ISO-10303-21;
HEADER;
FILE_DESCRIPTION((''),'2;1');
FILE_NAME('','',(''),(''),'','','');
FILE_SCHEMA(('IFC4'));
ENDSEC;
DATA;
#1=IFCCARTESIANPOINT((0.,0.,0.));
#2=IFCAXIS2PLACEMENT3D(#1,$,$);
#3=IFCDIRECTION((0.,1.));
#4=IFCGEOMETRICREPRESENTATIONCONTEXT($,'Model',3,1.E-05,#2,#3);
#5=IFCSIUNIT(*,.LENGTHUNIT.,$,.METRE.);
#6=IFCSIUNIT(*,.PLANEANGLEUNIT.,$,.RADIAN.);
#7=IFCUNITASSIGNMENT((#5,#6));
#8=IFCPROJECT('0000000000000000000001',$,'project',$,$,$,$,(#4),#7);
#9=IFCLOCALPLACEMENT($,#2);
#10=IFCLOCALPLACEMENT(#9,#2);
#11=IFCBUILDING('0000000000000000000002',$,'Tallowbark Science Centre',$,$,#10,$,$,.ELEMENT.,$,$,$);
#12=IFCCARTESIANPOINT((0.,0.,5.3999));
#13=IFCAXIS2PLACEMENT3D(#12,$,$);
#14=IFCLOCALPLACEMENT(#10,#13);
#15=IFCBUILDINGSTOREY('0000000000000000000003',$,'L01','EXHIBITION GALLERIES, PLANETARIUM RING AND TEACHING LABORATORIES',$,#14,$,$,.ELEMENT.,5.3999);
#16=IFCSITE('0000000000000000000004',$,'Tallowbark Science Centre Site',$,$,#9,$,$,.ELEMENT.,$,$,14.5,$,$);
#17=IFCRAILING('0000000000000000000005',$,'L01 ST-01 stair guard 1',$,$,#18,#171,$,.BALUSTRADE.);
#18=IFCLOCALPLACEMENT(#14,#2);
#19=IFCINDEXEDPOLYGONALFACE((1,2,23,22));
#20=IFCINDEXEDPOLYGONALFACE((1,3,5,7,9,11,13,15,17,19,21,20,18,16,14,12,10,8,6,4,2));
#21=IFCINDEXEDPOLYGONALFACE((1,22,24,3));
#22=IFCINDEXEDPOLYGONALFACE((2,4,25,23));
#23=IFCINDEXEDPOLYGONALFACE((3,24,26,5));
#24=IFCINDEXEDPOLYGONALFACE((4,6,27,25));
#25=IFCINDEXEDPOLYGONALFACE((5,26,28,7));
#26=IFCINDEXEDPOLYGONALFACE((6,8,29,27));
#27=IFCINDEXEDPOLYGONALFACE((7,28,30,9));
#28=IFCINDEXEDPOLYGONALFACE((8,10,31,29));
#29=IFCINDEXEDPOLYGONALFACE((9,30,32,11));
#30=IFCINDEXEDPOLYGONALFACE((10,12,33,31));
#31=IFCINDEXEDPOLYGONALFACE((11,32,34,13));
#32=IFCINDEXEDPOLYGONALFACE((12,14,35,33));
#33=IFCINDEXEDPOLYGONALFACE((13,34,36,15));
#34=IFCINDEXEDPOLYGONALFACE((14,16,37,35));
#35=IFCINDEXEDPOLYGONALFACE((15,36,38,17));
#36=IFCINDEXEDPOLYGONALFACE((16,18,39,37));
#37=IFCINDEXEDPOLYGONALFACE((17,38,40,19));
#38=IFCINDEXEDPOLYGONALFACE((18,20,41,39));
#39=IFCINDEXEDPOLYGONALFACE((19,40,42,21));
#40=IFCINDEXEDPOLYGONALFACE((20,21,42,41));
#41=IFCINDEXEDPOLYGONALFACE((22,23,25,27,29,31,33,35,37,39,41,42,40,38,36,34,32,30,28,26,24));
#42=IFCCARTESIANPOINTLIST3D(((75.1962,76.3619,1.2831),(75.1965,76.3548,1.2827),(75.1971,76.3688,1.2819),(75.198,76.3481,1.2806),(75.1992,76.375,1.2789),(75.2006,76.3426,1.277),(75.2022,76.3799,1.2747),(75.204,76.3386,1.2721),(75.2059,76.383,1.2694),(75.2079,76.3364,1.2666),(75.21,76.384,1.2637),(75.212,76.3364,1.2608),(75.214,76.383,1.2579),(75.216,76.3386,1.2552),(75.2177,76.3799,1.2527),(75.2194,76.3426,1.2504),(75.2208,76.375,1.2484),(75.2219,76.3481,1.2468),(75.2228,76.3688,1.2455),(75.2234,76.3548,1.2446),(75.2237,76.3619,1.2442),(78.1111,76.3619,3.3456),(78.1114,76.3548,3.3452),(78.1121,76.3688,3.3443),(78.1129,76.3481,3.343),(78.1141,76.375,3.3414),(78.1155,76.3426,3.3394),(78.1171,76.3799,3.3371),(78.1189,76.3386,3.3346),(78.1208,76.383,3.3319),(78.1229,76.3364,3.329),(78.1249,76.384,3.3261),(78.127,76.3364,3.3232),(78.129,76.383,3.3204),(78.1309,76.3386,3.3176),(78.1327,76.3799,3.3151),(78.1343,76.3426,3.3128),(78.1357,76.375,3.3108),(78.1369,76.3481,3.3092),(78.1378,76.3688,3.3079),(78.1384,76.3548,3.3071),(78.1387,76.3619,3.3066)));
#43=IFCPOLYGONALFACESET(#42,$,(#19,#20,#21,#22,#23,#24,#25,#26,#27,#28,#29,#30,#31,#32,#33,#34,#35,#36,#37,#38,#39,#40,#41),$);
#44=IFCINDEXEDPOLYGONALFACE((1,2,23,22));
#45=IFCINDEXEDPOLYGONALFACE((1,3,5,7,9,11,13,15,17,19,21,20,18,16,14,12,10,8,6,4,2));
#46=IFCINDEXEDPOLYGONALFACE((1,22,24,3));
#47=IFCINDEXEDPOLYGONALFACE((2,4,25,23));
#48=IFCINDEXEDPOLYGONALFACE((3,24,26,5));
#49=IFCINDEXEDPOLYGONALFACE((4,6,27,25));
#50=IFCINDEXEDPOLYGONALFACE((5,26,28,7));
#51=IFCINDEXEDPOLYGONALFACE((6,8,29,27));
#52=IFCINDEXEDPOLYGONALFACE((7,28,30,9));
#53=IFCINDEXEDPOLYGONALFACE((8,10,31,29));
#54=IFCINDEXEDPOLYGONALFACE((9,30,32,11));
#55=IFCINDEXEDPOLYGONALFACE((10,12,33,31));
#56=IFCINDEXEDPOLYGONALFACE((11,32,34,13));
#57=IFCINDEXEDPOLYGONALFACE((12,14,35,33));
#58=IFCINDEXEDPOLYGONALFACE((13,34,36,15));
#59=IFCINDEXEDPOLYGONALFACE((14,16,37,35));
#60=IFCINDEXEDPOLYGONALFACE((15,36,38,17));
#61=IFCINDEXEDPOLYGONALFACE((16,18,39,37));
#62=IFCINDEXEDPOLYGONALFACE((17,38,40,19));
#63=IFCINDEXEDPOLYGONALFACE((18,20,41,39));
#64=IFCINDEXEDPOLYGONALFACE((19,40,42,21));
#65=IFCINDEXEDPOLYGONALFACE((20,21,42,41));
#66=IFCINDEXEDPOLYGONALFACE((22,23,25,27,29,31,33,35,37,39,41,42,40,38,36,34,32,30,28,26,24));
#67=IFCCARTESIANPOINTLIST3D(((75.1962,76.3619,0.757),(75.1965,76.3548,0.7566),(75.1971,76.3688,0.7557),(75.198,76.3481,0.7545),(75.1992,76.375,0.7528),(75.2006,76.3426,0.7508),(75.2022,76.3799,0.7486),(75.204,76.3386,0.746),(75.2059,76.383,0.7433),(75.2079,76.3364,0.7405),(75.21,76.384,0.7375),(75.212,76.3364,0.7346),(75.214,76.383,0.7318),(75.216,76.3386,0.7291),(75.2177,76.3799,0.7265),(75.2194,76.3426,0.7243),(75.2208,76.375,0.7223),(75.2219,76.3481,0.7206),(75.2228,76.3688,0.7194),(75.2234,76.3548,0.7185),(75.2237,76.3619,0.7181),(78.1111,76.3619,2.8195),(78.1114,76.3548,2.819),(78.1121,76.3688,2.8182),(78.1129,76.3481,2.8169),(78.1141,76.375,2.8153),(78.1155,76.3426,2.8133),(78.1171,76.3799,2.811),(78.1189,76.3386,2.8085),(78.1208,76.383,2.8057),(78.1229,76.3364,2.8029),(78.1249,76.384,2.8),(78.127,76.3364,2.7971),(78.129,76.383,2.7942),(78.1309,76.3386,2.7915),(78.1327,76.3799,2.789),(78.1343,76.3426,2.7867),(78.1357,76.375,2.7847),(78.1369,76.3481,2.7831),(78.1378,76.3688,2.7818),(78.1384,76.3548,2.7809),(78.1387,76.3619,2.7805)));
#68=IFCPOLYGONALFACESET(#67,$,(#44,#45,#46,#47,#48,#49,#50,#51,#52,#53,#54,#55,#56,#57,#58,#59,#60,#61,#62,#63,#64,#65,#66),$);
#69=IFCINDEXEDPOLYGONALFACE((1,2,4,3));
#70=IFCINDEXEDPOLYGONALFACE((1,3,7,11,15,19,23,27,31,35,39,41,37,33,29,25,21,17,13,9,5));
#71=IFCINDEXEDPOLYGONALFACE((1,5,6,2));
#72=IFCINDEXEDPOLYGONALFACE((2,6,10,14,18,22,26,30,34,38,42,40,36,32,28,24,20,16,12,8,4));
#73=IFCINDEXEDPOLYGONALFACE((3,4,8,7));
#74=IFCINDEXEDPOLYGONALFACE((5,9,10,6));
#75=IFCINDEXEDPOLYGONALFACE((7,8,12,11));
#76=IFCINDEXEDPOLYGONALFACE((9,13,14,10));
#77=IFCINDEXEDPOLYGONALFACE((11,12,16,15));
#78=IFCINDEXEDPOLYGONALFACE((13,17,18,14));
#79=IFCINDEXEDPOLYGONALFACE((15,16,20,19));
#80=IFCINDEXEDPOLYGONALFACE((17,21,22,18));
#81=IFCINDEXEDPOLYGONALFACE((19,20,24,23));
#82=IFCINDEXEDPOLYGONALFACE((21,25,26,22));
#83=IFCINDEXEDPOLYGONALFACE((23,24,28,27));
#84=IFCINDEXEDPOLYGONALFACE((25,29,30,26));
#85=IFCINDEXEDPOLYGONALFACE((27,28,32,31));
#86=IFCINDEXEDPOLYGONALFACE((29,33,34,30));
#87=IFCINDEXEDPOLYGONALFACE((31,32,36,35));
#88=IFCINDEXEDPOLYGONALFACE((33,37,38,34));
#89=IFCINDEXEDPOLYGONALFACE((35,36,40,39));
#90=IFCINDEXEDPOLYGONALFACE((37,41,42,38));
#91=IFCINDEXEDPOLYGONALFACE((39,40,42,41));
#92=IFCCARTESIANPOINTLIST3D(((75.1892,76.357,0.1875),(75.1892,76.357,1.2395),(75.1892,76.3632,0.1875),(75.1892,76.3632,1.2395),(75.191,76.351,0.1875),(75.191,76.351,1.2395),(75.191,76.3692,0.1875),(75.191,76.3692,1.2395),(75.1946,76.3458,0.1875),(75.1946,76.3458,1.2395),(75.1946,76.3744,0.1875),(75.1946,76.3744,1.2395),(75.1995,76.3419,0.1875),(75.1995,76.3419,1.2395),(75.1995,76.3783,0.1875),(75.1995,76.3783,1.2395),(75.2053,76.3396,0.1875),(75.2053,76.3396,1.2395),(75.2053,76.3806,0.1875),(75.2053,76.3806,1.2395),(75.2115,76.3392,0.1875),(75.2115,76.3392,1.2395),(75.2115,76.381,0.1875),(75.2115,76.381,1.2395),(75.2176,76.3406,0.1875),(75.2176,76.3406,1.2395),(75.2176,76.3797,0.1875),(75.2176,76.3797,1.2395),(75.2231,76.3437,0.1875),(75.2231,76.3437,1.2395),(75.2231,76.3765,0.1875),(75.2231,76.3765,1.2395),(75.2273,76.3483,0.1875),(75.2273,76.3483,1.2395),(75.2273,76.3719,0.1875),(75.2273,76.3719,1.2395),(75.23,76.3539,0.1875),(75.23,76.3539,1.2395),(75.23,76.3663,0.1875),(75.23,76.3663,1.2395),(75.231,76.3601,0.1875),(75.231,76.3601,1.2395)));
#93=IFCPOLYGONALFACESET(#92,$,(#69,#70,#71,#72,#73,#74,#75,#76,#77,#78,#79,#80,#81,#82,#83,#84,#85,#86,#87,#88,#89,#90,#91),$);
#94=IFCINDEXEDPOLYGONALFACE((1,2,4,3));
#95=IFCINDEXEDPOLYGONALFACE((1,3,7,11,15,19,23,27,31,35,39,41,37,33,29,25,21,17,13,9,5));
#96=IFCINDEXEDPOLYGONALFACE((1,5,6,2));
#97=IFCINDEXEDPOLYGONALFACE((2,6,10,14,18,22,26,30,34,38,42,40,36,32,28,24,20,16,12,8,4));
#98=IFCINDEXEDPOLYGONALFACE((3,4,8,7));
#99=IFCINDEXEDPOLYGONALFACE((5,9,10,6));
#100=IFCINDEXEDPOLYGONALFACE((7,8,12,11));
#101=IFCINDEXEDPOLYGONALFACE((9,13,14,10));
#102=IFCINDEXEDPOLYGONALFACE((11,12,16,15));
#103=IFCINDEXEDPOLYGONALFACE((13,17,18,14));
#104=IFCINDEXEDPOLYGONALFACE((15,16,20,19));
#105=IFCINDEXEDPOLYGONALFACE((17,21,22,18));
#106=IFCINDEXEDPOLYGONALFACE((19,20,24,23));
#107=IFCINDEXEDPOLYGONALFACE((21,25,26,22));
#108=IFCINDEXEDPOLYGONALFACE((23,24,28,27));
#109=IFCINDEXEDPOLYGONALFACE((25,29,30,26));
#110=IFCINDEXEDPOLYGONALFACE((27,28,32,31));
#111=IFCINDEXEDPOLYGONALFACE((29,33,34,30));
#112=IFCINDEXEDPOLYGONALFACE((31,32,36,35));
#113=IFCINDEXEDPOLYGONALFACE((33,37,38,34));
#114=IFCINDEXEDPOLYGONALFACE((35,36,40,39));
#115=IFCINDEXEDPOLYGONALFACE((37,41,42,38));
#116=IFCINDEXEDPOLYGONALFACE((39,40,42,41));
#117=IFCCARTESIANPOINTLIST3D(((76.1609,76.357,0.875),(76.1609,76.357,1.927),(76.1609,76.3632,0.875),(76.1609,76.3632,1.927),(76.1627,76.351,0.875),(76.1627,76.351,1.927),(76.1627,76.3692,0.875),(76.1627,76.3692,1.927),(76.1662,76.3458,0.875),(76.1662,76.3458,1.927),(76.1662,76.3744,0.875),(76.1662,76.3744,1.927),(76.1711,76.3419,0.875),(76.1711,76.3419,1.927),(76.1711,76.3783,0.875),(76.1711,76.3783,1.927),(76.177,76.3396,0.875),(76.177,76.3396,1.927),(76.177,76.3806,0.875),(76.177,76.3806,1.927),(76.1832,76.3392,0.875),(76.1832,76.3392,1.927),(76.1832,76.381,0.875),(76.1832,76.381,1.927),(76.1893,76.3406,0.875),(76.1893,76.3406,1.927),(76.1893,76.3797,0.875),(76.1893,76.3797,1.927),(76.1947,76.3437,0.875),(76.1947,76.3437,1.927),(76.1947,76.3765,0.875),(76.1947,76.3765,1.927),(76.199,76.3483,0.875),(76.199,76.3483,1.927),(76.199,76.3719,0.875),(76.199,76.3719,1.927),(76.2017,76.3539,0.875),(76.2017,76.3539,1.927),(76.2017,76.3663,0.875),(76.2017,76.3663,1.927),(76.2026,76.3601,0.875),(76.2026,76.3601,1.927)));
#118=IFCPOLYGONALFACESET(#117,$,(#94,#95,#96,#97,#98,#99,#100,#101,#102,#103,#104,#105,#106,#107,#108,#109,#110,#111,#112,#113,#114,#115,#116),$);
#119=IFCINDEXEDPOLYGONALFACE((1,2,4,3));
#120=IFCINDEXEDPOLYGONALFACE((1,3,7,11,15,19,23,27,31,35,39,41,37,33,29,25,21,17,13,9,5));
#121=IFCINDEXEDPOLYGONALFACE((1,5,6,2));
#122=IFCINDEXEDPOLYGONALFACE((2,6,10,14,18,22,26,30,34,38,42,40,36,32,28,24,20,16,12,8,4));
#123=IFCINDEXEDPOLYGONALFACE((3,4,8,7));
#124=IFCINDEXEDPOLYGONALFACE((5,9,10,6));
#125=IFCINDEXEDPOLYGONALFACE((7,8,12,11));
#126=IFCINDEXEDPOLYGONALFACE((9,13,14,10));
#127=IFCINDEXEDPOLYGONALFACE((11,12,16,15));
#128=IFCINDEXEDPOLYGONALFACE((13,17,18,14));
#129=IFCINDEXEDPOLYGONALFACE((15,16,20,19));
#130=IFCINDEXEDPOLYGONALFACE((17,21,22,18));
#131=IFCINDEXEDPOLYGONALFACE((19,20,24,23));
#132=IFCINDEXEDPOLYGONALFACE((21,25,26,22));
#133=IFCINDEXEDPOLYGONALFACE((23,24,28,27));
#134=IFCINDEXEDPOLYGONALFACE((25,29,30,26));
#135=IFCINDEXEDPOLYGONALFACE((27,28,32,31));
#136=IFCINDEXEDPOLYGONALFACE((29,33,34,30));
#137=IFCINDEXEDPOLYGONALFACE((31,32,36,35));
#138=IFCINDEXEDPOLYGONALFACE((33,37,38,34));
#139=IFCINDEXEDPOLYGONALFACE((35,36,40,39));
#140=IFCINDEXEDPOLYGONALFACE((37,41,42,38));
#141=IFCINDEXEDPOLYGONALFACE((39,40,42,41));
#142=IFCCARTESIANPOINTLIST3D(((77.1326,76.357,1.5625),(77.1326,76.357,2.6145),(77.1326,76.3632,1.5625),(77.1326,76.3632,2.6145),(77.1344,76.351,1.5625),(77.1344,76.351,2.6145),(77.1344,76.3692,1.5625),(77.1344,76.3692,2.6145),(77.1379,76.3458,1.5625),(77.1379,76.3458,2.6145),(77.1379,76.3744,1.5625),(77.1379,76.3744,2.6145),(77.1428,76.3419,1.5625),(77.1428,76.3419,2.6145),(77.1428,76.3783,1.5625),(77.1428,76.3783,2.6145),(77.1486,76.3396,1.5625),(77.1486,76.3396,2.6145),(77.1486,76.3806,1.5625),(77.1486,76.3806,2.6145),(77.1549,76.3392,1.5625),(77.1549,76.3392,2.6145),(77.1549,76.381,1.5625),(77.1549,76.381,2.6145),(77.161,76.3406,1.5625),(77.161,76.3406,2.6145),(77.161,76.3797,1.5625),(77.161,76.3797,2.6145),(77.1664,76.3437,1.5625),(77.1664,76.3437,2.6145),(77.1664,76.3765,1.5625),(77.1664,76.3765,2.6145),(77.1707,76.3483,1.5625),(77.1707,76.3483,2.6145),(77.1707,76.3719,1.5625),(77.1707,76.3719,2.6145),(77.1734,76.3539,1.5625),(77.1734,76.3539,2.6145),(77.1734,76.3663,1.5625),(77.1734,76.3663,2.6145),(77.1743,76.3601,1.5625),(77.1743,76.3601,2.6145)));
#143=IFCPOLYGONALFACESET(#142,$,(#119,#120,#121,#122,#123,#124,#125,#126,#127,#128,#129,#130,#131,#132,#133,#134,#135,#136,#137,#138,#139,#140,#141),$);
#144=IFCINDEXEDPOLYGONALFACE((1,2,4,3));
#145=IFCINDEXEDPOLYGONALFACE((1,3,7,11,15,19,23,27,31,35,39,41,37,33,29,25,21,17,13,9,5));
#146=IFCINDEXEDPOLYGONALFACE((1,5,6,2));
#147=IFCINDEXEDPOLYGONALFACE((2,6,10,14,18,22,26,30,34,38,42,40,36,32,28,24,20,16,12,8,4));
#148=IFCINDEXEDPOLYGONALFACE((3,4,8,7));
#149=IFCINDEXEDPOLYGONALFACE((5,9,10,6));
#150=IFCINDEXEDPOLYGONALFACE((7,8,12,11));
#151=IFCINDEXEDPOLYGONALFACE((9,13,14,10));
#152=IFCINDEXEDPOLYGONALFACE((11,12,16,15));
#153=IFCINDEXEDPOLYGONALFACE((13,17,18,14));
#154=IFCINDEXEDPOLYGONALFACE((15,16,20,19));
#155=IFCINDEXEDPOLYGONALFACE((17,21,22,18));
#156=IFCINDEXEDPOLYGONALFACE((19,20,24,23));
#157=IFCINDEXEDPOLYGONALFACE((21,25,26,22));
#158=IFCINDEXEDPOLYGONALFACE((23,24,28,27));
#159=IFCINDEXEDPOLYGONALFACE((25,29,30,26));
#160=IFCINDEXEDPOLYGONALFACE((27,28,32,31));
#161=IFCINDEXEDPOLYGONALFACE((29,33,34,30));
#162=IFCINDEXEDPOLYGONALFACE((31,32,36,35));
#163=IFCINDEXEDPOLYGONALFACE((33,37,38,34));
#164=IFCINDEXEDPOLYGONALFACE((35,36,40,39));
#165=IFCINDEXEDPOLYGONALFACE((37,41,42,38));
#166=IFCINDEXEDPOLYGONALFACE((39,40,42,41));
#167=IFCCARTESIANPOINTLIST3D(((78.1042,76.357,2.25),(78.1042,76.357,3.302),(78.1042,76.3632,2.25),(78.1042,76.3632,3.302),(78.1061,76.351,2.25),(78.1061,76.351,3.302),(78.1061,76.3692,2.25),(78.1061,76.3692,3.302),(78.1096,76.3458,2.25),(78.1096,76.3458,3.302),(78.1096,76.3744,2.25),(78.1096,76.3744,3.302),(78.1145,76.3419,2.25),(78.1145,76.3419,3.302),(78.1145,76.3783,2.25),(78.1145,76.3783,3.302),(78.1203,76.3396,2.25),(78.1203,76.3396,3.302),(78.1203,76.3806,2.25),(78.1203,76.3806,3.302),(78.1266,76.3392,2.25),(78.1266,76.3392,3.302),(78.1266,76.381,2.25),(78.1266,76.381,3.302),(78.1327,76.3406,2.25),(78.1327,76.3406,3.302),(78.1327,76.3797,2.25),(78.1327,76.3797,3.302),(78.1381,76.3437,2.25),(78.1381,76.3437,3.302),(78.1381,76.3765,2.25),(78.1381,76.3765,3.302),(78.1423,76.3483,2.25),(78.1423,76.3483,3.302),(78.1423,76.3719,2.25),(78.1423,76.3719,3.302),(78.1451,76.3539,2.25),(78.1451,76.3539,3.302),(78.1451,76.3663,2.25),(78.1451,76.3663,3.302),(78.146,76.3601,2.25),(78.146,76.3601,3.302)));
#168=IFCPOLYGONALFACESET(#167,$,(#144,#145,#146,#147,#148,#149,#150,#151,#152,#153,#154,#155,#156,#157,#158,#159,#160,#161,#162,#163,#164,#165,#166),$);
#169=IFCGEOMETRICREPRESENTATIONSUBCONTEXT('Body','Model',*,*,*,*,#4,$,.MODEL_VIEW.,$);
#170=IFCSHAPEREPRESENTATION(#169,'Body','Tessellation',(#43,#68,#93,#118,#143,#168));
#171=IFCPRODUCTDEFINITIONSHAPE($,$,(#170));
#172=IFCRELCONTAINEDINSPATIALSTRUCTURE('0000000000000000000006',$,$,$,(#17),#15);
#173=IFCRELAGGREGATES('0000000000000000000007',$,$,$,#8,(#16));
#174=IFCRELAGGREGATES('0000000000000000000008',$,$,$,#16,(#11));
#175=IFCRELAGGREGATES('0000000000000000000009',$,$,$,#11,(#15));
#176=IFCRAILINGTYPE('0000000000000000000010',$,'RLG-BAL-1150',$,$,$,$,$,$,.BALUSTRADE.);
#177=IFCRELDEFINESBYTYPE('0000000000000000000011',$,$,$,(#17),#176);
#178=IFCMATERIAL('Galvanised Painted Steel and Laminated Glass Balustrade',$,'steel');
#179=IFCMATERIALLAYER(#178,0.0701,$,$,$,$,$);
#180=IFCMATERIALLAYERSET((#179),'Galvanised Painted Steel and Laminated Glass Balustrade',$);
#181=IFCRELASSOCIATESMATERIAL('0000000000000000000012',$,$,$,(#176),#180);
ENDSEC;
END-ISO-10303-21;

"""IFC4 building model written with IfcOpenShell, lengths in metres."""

from ifc_helpers import new_model, si_unit, direction, frame, origin, origin_2d, place, context, subcontext, project, spatial, circle, extrude, material, layer, layer_set, type_object, element, save


model = new_model("IFC4")

# Units and contexts
model_context = context("Model", 3, precision=1e-05, world=origin(), true_north=direction((0.0, 1.0)))
body_context = subcontext(model_context, "Body", "Model", "MODEL_VIEW")
ifc_project = project(units=[si_unit("LENGTHUNIT", "METRE"), si_unit("PLANEANGLEUNIT", "RADIAN")], contexts=[model_context])

# Site, building, storey
site_placement = place(None, origin())
site = spatial("IfcSite", under=ifc_project, at=site_placement, Name="Tallowbark Science Centre Site", CompositionType="ELEMENT", RefElevation=14.5)
building_placement = place(site_placement, origin())
building = spatial("IfcBuilding", under=site, at=building_placement, Name="Tallowbark Science Centre", CompositionType="ELEMENT")
storey_placement = place(building_placement, frame((0.0, 0.0, 5.3999)))
storey = spatial("IfcBuildingStorey", under=building, at=storey_placement, Name="L01", Description="EXHIBITION GALLERIES, PLANETARIUM RING AND TEACHING LABORATORIES", CompositionType="ELEMENT", Elevation=5.3999)

# Railing
ifc_material_1 = material(Name="Galvanised Painted Steel and Laminated Glass Balustrade", Category="steel")
ifc_layer_1 = layer(ifc_material_1, 0.0701)
ifc_layer_set_1 = layer_set([ifc_layer_1], Name="Galvanised Painted Steel and Laminated Glass Balustrade")
railing_type_1 = type_object("IfcRailingType", Name="RLG-BAL-1150", PredefinedType="BALUSTRADE", material=ifc_layer_set_1)
railing_1_placement = place(storey_placement, frame((75.21, 76.3601, 0.1875)))
element("IfcRailing", 1, at=railing_1_placement, inside=storey, type_object=railing_type_1, Name="L01 ST-01 stair guard 1", PredefinedType="BALUSTRADE", context=body_context, shape_type="SweptSolid", body=[
    extrude(circle(Radius=0.0239, at=origin_2d()), frame((0.0, 0.0, 1.0762), z_axis=(0.816331, 0.0, 0.577585), x_axis=(0.0, 1.0, 0.0)), (0.0, 0.0, 1.0), 3.5708),
    extrude(circle(Radius=0.0239, at=origin_2d()), frame((0.0, 0.0, 0.55), z_axis=(0.816331, 0.0, 0.577585), x_axis=(0.0, 1.0, 0.0)), (0.0, 0.0, 1.0), 3.5708),
    extrude(circle(Radius=0.021, at=origin_2d()), origin(), (0.0, 0.0, 1.0), 1.052),
    extrude(circle(Radius=0.021, at=origin_2d()), frame((0.9717, 0.0, 0.6875)), (0.0, 0.0, 1.0), 1.052),
    extrude(circle(Radius=0.021, at=origin_2d()), frame((1.9434, 0.0, 1.375)), (0.0, 0.0, 1.0), 1.052),
    extrude(circle(Radius=0.021, at=origin_2d()), frame((2.915, 0.0, 2.0625)), (0.0, 0.0, 1.0), 1.052),
])

save(model, "model.ifc")
